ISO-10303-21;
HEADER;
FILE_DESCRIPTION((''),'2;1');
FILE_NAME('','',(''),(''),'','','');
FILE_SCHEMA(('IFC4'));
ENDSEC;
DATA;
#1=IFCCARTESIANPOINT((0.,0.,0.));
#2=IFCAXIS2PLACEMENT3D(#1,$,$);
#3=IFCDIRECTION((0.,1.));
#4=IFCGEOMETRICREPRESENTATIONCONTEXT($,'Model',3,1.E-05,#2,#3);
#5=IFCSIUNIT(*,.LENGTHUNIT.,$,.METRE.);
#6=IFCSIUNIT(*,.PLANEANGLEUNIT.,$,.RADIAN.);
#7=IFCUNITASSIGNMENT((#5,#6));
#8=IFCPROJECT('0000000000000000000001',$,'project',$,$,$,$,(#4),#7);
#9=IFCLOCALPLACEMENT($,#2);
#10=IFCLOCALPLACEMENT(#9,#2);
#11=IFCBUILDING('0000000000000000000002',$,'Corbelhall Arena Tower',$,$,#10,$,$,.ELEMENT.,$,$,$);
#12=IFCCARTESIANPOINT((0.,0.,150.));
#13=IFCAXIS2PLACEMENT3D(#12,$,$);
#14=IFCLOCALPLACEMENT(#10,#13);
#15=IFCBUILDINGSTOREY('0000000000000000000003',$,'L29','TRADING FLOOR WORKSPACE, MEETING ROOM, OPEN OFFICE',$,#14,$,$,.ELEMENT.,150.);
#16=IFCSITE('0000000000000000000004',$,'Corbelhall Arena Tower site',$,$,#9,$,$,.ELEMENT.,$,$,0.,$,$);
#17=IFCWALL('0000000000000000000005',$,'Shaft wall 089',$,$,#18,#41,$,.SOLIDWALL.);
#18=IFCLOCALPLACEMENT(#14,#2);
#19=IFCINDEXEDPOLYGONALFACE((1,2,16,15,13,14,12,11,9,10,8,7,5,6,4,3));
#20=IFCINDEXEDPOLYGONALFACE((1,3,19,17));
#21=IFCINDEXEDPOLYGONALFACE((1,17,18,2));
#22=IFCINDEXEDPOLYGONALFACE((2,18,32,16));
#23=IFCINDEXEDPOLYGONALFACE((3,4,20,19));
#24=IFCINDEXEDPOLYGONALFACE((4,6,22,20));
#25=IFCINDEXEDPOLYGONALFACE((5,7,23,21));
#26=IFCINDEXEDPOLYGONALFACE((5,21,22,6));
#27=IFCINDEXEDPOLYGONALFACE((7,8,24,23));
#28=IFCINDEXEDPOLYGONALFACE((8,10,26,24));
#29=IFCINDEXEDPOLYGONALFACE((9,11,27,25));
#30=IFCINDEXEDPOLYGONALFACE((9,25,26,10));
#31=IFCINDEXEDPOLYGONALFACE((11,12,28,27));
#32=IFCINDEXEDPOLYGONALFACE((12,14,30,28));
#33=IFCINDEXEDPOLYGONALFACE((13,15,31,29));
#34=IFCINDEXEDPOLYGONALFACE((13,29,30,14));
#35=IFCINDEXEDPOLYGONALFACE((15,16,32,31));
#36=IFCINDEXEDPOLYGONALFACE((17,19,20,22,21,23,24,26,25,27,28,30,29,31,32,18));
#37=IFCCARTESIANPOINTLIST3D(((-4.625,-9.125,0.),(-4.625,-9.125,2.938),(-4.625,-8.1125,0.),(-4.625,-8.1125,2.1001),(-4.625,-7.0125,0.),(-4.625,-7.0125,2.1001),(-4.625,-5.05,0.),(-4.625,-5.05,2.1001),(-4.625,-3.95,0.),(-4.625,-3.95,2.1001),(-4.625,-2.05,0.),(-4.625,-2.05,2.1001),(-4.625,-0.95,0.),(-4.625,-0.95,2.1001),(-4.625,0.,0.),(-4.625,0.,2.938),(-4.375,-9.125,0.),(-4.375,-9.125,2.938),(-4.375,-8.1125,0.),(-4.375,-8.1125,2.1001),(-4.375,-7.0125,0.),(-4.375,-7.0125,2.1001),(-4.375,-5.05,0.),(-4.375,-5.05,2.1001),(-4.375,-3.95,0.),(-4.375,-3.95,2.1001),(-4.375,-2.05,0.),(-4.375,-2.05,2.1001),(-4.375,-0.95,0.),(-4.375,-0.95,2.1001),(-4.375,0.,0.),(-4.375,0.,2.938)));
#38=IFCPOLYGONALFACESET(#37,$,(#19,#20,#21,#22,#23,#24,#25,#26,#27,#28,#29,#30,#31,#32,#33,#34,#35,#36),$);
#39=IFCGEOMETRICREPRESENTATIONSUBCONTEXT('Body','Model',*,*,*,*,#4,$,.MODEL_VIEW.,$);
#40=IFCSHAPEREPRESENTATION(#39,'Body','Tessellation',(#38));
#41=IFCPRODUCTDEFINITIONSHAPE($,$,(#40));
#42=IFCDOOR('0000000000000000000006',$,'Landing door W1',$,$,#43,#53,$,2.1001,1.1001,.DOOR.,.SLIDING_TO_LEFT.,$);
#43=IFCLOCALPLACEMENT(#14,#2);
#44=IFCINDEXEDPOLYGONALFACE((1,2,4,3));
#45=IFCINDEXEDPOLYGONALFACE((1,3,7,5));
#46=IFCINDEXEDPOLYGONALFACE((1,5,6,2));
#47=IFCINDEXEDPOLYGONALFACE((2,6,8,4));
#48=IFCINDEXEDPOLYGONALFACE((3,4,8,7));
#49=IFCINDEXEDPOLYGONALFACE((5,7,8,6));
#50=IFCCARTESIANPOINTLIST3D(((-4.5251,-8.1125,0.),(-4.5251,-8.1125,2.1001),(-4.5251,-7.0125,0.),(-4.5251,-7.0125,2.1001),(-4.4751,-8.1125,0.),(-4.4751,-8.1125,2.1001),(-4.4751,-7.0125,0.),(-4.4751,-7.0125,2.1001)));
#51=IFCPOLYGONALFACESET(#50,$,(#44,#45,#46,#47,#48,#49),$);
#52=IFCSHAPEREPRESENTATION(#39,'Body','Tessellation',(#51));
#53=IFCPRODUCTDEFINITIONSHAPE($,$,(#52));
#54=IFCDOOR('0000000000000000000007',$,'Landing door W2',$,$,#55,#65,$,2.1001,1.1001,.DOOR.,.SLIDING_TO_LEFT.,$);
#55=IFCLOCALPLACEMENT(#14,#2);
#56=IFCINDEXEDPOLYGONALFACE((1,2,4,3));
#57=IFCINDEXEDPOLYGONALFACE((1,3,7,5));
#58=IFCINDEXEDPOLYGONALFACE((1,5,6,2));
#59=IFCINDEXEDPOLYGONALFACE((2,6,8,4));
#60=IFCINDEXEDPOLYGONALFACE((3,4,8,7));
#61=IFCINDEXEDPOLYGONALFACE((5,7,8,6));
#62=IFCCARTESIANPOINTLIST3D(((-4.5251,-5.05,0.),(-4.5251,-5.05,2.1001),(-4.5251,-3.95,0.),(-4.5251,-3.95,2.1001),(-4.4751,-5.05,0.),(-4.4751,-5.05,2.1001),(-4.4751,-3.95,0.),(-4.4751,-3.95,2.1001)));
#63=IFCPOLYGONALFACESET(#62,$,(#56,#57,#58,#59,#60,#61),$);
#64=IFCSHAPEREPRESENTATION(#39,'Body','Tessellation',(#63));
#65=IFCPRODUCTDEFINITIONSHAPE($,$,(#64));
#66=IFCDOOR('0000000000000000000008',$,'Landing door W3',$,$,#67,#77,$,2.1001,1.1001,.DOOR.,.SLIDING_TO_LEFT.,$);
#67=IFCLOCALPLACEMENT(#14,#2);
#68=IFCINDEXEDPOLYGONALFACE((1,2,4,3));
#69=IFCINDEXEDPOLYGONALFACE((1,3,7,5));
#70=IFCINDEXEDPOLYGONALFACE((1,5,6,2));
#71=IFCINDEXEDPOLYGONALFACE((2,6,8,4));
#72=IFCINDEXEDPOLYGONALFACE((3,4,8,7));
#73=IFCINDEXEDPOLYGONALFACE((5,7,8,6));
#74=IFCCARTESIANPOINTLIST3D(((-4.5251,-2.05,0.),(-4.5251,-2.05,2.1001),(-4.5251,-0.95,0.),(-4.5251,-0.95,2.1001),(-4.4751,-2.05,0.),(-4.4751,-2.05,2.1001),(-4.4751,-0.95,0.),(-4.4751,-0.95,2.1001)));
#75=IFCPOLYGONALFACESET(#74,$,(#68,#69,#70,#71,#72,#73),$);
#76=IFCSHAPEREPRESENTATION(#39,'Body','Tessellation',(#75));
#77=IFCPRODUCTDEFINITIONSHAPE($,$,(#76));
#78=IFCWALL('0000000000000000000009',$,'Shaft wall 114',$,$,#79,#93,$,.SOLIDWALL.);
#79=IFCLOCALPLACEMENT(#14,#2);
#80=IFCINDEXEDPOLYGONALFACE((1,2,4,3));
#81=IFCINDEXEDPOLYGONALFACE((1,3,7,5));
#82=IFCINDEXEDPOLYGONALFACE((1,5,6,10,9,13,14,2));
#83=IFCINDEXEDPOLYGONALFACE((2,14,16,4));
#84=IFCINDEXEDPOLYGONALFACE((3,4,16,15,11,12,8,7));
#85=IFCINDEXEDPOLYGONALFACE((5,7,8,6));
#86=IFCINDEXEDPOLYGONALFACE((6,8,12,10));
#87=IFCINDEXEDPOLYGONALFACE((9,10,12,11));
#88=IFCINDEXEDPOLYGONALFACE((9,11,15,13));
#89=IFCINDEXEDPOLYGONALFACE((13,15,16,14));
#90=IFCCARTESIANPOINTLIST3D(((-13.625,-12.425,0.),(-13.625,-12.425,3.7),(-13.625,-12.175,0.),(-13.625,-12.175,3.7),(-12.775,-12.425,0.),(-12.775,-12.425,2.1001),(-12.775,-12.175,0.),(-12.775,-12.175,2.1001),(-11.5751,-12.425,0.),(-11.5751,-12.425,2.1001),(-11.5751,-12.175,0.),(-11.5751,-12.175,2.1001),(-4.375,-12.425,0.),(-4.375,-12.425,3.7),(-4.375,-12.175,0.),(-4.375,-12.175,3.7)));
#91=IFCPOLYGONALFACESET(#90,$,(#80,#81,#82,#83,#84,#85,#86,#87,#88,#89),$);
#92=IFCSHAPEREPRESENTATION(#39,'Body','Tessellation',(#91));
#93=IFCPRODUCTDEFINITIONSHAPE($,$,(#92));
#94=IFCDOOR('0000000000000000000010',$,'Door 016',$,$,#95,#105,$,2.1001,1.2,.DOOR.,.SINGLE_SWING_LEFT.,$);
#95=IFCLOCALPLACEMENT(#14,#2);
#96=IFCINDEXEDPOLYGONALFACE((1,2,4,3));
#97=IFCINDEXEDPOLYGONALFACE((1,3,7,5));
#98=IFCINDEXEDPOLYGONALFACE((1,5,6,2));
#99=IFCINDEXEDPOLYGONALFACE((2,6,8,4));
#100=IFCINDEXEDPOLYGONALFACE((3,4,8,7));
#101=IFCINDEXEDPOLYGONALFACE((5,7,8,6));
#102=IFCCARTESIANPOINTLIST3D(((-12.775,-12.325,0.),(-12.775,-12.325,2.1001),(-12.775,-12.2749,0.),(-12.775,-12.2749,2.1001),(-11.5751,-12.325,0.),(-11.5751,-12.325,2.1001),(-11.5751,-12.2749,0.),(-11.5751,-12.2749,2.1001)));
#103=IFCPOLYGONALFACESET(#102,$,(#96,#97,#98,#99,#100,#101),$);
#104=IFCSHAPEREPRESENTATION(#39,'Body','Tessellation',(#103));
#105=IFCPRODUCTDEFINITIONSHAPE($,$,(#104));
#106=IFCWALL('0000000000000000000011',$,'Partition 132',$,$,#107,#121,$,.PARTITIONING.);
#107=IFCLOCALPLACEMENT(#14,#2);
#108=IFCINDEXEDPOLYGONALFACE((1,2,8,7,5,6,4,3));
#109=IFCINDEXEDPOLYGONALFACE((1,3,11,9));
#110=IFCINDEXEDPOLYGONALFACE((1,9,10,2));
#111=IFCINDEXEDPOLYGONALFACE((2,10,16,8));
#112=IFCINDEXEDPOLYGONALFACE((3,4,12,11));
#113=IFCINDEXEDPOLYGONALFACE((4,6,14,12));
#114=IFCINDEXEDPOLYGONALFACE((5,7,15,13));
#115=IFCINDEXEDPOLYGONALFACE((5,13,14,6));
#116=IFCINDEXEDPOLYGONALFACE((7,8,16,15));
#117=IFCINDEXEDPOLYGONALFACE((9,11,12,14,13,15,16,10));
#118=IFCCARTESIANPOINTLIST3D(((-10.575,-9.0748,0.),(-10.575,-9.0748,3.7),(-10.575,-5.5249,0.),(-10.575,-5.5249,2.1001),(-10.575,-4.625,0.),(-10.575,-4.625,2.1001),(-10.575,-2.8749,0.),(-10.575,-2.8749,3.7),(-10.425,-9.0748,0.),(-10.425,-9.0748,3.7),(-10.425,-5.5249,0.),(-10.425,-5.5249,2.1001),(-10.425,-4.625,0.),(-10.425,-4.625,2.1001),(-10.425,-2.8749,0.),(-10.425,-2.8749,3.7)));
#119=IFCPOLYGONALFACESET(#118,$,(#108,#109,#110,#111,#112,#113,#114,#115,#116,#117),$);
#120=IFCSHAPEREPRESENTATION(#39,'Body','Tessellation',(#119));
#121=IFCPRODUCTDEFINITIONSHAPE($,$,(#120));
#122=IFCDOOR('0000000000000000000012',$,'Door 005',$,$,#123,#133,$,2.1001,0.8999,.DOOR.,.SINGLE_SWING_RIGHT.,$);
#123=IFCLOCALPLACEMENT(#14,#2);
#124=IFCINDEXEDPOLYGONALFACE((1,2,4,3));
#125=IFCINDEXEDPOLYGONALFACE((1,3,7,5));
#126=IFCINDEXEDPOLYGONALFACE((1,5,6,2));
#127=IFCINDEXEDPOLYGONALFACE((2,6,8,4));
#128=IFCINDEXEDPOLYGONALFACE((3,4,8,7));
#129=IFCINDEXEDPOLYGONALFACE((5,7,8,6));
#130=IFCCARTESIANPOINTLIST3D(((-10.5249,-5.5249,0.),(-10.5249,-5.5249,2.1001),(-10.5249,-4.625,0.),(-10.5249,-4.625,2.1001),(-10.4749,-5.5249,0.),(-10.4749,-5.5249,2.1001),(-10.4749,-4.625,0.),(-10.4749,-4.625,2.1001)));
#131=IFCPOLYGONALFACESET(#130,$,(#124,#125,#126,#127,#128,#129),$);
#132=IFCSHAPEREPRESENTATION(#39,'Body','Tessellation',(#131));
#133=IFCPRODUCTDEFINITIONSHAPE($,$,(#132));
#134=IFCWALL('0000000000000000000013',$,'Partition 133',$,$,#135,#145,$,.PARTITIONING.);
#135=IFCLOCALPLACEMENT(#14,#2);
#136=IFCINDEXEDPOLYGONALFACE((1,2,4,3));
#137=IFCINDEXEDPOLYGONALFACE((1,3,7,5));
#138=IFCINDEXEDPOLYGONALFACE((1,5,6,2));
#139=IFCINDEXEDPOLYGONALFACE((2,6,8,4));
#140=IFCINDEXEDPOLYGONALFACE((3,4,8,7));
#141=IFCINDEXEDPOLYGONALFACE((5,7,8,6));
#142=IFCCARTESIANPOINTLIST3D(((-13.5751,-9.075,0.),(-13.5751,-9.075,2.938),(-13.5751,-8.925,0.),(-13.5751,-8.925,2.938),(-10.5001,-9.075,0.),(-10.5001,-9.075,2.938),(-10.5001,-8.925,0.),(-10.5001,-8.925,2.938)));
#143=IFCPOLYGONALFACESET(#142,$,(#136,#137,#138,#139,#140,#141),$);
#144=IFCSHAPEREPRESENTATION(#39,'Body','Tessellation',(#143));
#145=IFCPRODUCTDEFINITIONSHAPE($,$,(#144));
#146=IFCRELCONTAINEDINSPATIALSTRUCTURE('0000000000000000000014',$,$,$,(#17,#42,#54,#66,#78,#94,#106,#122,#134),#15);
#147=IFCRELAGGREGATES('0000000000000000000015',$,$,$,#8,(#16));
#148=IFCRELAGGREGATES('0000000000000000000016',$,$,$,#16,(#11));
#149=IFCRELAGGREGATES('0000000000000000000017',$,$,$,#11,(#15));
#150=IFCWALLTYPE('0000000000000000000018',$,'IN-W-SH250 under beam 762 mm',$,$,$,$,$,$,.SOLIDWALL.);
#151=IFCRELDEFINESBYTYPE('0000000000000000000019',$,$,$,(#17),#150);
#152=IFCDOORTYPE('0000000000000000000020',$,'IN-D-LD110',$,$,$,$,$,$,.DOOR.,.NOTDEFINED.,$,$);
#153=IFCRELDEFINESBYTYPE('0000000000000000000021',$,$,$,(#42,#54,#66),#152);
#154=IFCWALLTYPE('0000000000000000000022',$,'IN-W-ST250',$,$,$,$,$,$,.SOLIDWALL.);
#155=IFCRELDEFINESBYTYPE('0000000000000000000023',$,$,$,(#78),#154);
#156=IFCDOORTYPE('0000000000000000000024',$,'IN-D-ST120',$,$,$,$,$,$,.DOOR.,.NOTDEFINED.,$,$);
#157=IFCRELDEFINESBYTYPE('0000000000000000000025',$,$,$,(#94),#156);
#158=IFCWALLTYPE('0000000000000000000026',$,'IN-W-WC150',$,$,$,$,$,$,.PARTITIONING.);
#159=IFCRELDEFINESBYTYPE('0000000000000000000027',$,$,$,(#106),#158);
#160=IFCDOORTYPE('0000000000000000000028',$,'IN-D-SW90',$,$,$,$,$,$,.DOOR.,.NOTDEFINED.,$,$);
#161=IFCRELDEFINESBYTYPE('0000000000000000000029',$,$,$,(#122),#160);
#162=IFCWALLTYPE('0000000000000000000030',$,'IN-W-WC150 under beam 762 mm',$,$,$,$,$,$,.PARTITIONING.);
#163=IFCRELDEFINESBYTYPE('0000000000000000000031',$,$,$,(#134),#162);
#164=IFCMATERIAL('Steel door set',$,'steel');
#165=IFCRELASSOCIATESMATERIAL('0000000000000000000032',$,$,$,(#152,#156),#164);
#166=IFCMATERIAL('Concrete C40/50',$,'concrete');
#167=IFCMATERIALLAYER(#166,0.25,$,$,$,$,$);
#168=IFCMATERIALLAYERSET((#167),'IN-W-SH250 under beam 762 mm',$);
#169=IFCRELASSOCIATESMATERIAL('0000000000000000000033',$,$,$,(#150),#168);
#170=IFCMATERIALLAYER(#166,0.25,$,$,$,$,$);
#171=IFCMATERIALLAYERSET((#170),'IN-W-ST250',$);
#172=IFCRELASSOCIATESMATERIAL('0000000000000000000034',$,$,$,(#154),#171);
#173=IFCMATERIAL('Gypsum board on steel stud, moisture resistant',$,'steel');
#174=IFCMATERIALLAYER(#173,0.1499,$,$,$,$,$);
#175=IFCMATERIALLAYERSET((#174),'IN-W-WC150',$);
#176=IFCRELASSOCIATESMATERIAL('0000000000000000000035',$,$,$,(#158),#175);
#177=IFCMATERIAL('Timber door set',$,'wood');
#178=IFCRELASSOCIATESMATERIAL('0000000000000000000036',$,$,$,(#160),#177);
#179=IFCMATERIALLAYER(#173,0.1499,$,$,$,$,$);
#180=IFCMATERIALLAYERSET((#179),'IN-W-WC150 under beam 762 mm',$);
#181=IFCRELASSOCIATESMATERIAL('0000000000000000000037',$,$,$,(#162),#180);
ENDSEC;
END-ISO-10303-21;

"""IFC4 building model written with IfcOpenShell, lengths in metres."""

from ifc_helpers import new_model, si_unit, direction, frame, frame_2d, origin, place, context, subcontext, project, spatial, rectangle, extrude, material, layer, layer_set, type_object, element, fill, save


model = new_model("IFC4")

# Units and contexts
model_context = context("Model", 3, precision=1e-05, world=origin(), true_north=direction((0.0, 1.0)))
body_context = subcontext(model_context, "Body", "Model", "MODEL_VIEW")
ifc_project = project(units=[si_unit("LENGTHUNIT", "METRE"), si_unit("PLANEANGLEUNIT", "RADIAN")], contexts=[model_context])

# Site, building, storey
site_placement = place(None, origin())
site = spatial("IfcSite", under=ifc_project, at=site_placement, Name="Corbelhall Arena Tower site", CompositionType="ELEMENT", RefElevation=0.0)
building_placement = place(site_placement, origin())
building = spatial("IfcBuilding", under=site, at=building_placement, Name="Corbelhall Arena Tower", CompositionType="ELEMENT")
storey_placement = place(building_placement, frame((0.0, 0.0, 150.0)))
storey = spatial("IfcBuildingStorey", under=building, at=storey_placement, Name="L29", Description="TRADING FLOOR WORKSPACE, MEETING ROOM, OPEN OFFICE", CompositionType="ELEMENT", Elevation=150.0)

# Shared definitions
ifc_material_1 = material(Name="Concrete C40/50", Category="concrete")
ifc_material_2 = material(Name="Steel door set", Category="steel")
door_type_1 = type_object("IfcDoorType", Name="IN-D-LD110", OperationType="NOTDEFINED", PredefinedType="DOOR", material=ifc_material_2)

# Shared definitions
ifc_layer_1 = layer(ifc_material_1, 0.25)
ifc_layer_set_1 = layer_set([ifc_layer_1], Name="IN-W-SH250 under beam 762 mm")
wall_type_1 = type_object("IfcWallType", Name="IN-W-SH250 under beam 762 mm", PredefinedType="SOLIDWALL", material=ifc_layer_set_1)

# Wall, openings, doors
wall_1_placement = place(storey_placement, frame((-4.5, 0.0, 0.0), z_axis=(0.0, 0.0, 1.0), x_axis=(0.0, -1.0, 0.0)))
wall_1 = element("IfcWall", 1, at=wall_1_placement, inside=storey, type_object=wall_type_1, Name="Shaft wall 089", PredefinedType="SOLIDWALL", context=body_context, shape_type="SweptSolid", body=[
    extrude(rectangle(XDim=9.125, YDim=0.25, at=frame_2d((4.5625, 0.0))), origin(), (0.0, 0.0, 1.0), 2.938),
])
opening_1_placement = place(wall_1_placement, frame((7.0125, 0.0, 0.0)))
opening_1 = element("IfcOpeningElement", 2, at=opening_1_placement, cuts=wall_1, PredefinedType="OPENING", context=body_context, shape_type="SweptSolid", body=[
    extrude(rectangle(XDim=1.1001, YDim=2.1001, at=frame_2d((0.55, 1.05))), frame((0.0, 0.125, 0.0), z_axis=(0.0, -1.0, 0.0), x_axis=(1.0, 0.0, 0.0)), (0.0, 0.0, 1.0), 0.25),
])
opening_2_placement = place(wall_1_placement, frame((3.95, 0.0, 0.0)))
opening_2 = element("IfcOpeningElement", 3, at=opening_2_placement, cuts=wall_1, PredefinedType="OPENING", context=body_context, shape_type="SweptSolid", body=[
    extrude(rectangle(XDim=1.1001, YDim=2.1001, at=frame_2d((0.55, 1.05))), frame((0.0, 0.125, 0.0), z_axis=(0.0, -1.0, 0.0), x_axis=(1.0, 0.0, 0.0)), (0.0, 0.0, 1.0), 0.25),
])
opening_3_placement = place(wall_1_placement, frame((0.95, 0.0, 0.0)))
opening_3 = element("IfcOpeningElement", 4, at=opening_3_placement, cuts=wall_1, PredefinedType="OPENING", context=body_context, shape_type="SweptSolid", body=[
    extrude(rectangle(XDim=1.1001, YDim=2.1001, at=frame_2d((0.55, 1.05))), frame((0.0, 0.125, 0.0), z_axis=(0.0, -1.0, 0.0), x_axis=(1.0, 0.0, 0.0)), (0.0, 0.0, 1.0), 0.25),
])
door_1_placement = place(opening_1_placement, origin())
door_1 = element("IfcDoor", 5, at=door_1_placement, inside=storey, type_object=door_type_1, Name="Landing door W1", OperationType="SLIDING_TO_LEFT", OverallHeight=2.1001, OverallWidth=1.1001, PredefinedType="DOOR", context=body_context, shape_type="SweptSolid", body=[
    extrude(rectangle(XDim=1.1001, YDim=2.1001, at=frame_2d((0.55, 1.05))), frame((0.0, 0.0249, 0.0), z_axis=(0.0, -1.0, 0.0), x_axis=(1.0, 0.0, 0.0)), (0.0, 0.0, 1.0), 0.05),
])
fill(opening_1, door_1)
door_2_placement = place(opening_2_placement, origin())
door_2 = element("IfcDoor", 6, at=door_2_placement, inside=storey, type_object=door_type_1, Name="Landing door W2", OperationType="SLIDING_TO_LEFT", OverallHeight=2.1001, OverallWidth=1.1001, PredefinedType="DOOR", context=body_context, shape_type="SweptSolid", body=[
    extrude(rectangle(XDim=1.1001, YDim=2.1001, at=frame_2d((0.55, 1.05))), frame((0.0, 0.0249, 0.0), z_axis=(0.0, -1.0, 0.0), x_axis=(1.0, 0.0, 0.0)), (0.0, 0.0, 1.0), 0.05),
])
fill(opening_2, door_2)
door_3_placement = place(opening_3_placement, origin())
door_3 = element("IfcDoor", 7, at=door_3_placement, inside=storey, type_object=door_type_1, Name="Landing door W3", OperationType="SLIDING_TO_LEFT", OverallHeight=2.1001, OverallWidth=1.1001, PredefinedType="DOOR", context=body_context, shape_type="SweptSolid", body=[
    extrude(rectangle(XDim=1.1001, YDim=2.1001, at=frame_2d((0.55, 1.05))), frame((0.0, 0.0249, 0.0), z_axis=(0.0, -1.0, 0.0), x_axis=(1.0, 0.0, 0.0)), (0.0, 0.0, 1.0), 0.05),
])
fill(opening_3, door_3)

# Walls, openings, doors
ifc_layer_2 = layer(ifc_material_1, 0.25)
ifc_layer_set_2 = layer_set([ifc_layer_2], Name="IN-W-ST250")
wall_type_2 = type_object("IfcWallType", Name="IN-W-ST250", PredefinedType="SOLIDWALL", material=ifc_layer_set_2)
wall_2_placement = place(storey_placement, frame((-4.375, -12.3, 0.0), z_axis=(0.0, 0.0, 1.0), x_axis=(-1.0, 0.0, 0.0)))
wall_2 = element("IfcWall", 8, at=wall_2_placement, inside=storey, type_object=wall_type_2, Name="Shaft wall 114", PredefinedType="SOLIDWALL", context=body_context, shape_type="SweptSolid", body=[
    extrude(rectangle(XDim=9.25, YDim=0.25, at=frame_2d((4.625, 0.0))), origin(), (0.0, 0.0, 1.0), 3.7),
])
opening_4_placement = place(wall_2_placement, frame((7.2, 0.0, 0.0)))
opening_4 = element("IfcOpeningElement", 9, at=opening_4_placement, cuts=wall_2, PredefinedType="OPENING", context=body_context, shape_type="SweptSolid", body=[
    extrude(rectangle(XDim=1.2, YDim=2.1001, at=frame_2d((0.6001, 1.05))), frame((0.0, 0.125, 0.0), z_axis=(0.0, -1.0, 0.0), x_axis=(1.0, 0.0, 0.0)), (0.0, 0.0, 1.0), 0.25),
])
door_type_2 = type_object("IfcDoorType", Name="IN-D-ST120", OperationType="NOTDEFINED", PredefinedType="DOOR", material=ifc_material_2)
door_4_placement = place(opening_4_placement, origin())
door_4 = element("IfcDoor", 10, at=door_4_placement, inside=storey, type_object=door_type_2, Name="Door 016", OperationType="SINGLE_SWING_LEFT", OverallHeight=2.1001, OverallWidth=1.2, PredefinedType="DOOR", context=body_context, shape_type="SweptSolid", body=[
    extrude(rectangle(XDim=1.2, YDim=2.1001, at=frame_2d((0.6001, 1.05))), frame((0.0, 0.0249, 0.0), z_axis=(0.0, -1.0, 0.0), x_axis=(1.0, 0.0, 0.0)), (0.0, 0.0, 1.0), 0.05),
])
fill(opening_4, door_4)
ifc_material_3 = material(Name="Gypsum board on steel stud, moisture resistant", Category="steel")
ifc_layer_3 = layer(ifc_material_3, 0.1499)
ifc_layer_set_3 = layer_set([ifc_layer_3], Name="IN-W-WC150")
wall_type_3 = type_object("IfcWallType", Name="IN-W-WC150", PredefinedType="PARTITIONING", material=ifc_layer_set_3)
wall_3_placement = place(storey_placement, frame((-10.5, -9.075, 0.0), z_axis=(0.0, 0.0, 1.0), x_axis=(0.0, 1.0, 0.0)))
wall_3 = element("IfcWall", 11, at=wall_3_placement, inside=storey, type_object=wall_type_3, Name="Partition 132", PredefinedType="PARTITIONING", context=body_context, shape_type="SweptSolid", body=[
    extrude(rectangle(XDim=6.2, YDim=0.1499, at=frame_2d((3.1001, 0.0))), origin(), (0.0, 0.0, 1.0), 3.7),
])
opening_5_placement = place(wall_3_placement, frame((3.55, 0.0, 0.0)))
opening_5 = element("IfcOpeningElement", 12, at=opening_5_placement, cuts=wall_3, PredefinedType="OPENING", context=body_context, shape_type="SweptSolid", body=[
    extrude(rectangle(XDim=0.8999, YDim=2.1001, at=frame_2d((0.45, 1.05))), frame((0.0, 0.075, 0.0), z_axis=(0.0, -1.0, 0.0), x_axis=(1.0, 0.0, 0.0)), (0.0, 0.0, 1.0), 0.1499),
])
ifc_material_4 = material(Name="Timber door set", Category="wood")
door_type_3 = type_object("IfcDoorType", Name="IN-D-SW90", OperationType="NOTDEFINED", PredefinedType="DOOR", material=ifc_material_4)
door_5_placement = place(opening_5_placement, origin())
door_5 = element("IfcDoor", 13, at=door_5_placement, inside=storey, type_object=door_type_3, Name="Door 005", OperationType="SINGLE_SWING_RIGHT", OverallHeight=2.1001, OverallWidth=0.8999, PredefinedType="DOOR", context=body_context, shape_type="SweptSolid", body=[
    extrude(rectangle(XDim=0.8999, YDim=2.1001, at=frame_2d((0.45, 1.05))), frame((0.0, 0.0249, 0.0), z_axis=(0.0, -1.0, 0.0), x_axis=(1.0, 0.0, 0.0)), (0.0, 0.0, 1.0), 0.05),
])
fill(opening_5, door_5)

# Wall
ifc_layer_4 = layer(ifc_material_3, 0.1499)
ifc_layer_set_4 = layer_set([ifc_layer_4], Name="IN-W-WC150 under beam 762 mm")
wall_type_4 = type_object("IfcWallType", Name="IN-W-WC150 under beam 762 mm", PredefinedType="PARTITIONING", material=ifc_layer_set_4)
wall_4_placement = place(storey_placement, frame((-10.5, -9.0, 0.0), z_axis=(0.0, 0.0, 1.0), x_axis=(-1.0, 0.0, 0.0)))
element("IfcWall", 14, at=wall_4_placement, inside=storey, type_object=wall_type_4, Name="Partition 133", PredefinedType="PARTITIONING", context=body_context, shape_type="SweptSolid", body=[
    extrude(rectangle(XDim=3.075, YDim=0.1499, at=frame_2d((1.5376, 0.0))), origin(), (0.0, 0.0, 1.0), 2.938),
])

save(model, "model.ifc")
